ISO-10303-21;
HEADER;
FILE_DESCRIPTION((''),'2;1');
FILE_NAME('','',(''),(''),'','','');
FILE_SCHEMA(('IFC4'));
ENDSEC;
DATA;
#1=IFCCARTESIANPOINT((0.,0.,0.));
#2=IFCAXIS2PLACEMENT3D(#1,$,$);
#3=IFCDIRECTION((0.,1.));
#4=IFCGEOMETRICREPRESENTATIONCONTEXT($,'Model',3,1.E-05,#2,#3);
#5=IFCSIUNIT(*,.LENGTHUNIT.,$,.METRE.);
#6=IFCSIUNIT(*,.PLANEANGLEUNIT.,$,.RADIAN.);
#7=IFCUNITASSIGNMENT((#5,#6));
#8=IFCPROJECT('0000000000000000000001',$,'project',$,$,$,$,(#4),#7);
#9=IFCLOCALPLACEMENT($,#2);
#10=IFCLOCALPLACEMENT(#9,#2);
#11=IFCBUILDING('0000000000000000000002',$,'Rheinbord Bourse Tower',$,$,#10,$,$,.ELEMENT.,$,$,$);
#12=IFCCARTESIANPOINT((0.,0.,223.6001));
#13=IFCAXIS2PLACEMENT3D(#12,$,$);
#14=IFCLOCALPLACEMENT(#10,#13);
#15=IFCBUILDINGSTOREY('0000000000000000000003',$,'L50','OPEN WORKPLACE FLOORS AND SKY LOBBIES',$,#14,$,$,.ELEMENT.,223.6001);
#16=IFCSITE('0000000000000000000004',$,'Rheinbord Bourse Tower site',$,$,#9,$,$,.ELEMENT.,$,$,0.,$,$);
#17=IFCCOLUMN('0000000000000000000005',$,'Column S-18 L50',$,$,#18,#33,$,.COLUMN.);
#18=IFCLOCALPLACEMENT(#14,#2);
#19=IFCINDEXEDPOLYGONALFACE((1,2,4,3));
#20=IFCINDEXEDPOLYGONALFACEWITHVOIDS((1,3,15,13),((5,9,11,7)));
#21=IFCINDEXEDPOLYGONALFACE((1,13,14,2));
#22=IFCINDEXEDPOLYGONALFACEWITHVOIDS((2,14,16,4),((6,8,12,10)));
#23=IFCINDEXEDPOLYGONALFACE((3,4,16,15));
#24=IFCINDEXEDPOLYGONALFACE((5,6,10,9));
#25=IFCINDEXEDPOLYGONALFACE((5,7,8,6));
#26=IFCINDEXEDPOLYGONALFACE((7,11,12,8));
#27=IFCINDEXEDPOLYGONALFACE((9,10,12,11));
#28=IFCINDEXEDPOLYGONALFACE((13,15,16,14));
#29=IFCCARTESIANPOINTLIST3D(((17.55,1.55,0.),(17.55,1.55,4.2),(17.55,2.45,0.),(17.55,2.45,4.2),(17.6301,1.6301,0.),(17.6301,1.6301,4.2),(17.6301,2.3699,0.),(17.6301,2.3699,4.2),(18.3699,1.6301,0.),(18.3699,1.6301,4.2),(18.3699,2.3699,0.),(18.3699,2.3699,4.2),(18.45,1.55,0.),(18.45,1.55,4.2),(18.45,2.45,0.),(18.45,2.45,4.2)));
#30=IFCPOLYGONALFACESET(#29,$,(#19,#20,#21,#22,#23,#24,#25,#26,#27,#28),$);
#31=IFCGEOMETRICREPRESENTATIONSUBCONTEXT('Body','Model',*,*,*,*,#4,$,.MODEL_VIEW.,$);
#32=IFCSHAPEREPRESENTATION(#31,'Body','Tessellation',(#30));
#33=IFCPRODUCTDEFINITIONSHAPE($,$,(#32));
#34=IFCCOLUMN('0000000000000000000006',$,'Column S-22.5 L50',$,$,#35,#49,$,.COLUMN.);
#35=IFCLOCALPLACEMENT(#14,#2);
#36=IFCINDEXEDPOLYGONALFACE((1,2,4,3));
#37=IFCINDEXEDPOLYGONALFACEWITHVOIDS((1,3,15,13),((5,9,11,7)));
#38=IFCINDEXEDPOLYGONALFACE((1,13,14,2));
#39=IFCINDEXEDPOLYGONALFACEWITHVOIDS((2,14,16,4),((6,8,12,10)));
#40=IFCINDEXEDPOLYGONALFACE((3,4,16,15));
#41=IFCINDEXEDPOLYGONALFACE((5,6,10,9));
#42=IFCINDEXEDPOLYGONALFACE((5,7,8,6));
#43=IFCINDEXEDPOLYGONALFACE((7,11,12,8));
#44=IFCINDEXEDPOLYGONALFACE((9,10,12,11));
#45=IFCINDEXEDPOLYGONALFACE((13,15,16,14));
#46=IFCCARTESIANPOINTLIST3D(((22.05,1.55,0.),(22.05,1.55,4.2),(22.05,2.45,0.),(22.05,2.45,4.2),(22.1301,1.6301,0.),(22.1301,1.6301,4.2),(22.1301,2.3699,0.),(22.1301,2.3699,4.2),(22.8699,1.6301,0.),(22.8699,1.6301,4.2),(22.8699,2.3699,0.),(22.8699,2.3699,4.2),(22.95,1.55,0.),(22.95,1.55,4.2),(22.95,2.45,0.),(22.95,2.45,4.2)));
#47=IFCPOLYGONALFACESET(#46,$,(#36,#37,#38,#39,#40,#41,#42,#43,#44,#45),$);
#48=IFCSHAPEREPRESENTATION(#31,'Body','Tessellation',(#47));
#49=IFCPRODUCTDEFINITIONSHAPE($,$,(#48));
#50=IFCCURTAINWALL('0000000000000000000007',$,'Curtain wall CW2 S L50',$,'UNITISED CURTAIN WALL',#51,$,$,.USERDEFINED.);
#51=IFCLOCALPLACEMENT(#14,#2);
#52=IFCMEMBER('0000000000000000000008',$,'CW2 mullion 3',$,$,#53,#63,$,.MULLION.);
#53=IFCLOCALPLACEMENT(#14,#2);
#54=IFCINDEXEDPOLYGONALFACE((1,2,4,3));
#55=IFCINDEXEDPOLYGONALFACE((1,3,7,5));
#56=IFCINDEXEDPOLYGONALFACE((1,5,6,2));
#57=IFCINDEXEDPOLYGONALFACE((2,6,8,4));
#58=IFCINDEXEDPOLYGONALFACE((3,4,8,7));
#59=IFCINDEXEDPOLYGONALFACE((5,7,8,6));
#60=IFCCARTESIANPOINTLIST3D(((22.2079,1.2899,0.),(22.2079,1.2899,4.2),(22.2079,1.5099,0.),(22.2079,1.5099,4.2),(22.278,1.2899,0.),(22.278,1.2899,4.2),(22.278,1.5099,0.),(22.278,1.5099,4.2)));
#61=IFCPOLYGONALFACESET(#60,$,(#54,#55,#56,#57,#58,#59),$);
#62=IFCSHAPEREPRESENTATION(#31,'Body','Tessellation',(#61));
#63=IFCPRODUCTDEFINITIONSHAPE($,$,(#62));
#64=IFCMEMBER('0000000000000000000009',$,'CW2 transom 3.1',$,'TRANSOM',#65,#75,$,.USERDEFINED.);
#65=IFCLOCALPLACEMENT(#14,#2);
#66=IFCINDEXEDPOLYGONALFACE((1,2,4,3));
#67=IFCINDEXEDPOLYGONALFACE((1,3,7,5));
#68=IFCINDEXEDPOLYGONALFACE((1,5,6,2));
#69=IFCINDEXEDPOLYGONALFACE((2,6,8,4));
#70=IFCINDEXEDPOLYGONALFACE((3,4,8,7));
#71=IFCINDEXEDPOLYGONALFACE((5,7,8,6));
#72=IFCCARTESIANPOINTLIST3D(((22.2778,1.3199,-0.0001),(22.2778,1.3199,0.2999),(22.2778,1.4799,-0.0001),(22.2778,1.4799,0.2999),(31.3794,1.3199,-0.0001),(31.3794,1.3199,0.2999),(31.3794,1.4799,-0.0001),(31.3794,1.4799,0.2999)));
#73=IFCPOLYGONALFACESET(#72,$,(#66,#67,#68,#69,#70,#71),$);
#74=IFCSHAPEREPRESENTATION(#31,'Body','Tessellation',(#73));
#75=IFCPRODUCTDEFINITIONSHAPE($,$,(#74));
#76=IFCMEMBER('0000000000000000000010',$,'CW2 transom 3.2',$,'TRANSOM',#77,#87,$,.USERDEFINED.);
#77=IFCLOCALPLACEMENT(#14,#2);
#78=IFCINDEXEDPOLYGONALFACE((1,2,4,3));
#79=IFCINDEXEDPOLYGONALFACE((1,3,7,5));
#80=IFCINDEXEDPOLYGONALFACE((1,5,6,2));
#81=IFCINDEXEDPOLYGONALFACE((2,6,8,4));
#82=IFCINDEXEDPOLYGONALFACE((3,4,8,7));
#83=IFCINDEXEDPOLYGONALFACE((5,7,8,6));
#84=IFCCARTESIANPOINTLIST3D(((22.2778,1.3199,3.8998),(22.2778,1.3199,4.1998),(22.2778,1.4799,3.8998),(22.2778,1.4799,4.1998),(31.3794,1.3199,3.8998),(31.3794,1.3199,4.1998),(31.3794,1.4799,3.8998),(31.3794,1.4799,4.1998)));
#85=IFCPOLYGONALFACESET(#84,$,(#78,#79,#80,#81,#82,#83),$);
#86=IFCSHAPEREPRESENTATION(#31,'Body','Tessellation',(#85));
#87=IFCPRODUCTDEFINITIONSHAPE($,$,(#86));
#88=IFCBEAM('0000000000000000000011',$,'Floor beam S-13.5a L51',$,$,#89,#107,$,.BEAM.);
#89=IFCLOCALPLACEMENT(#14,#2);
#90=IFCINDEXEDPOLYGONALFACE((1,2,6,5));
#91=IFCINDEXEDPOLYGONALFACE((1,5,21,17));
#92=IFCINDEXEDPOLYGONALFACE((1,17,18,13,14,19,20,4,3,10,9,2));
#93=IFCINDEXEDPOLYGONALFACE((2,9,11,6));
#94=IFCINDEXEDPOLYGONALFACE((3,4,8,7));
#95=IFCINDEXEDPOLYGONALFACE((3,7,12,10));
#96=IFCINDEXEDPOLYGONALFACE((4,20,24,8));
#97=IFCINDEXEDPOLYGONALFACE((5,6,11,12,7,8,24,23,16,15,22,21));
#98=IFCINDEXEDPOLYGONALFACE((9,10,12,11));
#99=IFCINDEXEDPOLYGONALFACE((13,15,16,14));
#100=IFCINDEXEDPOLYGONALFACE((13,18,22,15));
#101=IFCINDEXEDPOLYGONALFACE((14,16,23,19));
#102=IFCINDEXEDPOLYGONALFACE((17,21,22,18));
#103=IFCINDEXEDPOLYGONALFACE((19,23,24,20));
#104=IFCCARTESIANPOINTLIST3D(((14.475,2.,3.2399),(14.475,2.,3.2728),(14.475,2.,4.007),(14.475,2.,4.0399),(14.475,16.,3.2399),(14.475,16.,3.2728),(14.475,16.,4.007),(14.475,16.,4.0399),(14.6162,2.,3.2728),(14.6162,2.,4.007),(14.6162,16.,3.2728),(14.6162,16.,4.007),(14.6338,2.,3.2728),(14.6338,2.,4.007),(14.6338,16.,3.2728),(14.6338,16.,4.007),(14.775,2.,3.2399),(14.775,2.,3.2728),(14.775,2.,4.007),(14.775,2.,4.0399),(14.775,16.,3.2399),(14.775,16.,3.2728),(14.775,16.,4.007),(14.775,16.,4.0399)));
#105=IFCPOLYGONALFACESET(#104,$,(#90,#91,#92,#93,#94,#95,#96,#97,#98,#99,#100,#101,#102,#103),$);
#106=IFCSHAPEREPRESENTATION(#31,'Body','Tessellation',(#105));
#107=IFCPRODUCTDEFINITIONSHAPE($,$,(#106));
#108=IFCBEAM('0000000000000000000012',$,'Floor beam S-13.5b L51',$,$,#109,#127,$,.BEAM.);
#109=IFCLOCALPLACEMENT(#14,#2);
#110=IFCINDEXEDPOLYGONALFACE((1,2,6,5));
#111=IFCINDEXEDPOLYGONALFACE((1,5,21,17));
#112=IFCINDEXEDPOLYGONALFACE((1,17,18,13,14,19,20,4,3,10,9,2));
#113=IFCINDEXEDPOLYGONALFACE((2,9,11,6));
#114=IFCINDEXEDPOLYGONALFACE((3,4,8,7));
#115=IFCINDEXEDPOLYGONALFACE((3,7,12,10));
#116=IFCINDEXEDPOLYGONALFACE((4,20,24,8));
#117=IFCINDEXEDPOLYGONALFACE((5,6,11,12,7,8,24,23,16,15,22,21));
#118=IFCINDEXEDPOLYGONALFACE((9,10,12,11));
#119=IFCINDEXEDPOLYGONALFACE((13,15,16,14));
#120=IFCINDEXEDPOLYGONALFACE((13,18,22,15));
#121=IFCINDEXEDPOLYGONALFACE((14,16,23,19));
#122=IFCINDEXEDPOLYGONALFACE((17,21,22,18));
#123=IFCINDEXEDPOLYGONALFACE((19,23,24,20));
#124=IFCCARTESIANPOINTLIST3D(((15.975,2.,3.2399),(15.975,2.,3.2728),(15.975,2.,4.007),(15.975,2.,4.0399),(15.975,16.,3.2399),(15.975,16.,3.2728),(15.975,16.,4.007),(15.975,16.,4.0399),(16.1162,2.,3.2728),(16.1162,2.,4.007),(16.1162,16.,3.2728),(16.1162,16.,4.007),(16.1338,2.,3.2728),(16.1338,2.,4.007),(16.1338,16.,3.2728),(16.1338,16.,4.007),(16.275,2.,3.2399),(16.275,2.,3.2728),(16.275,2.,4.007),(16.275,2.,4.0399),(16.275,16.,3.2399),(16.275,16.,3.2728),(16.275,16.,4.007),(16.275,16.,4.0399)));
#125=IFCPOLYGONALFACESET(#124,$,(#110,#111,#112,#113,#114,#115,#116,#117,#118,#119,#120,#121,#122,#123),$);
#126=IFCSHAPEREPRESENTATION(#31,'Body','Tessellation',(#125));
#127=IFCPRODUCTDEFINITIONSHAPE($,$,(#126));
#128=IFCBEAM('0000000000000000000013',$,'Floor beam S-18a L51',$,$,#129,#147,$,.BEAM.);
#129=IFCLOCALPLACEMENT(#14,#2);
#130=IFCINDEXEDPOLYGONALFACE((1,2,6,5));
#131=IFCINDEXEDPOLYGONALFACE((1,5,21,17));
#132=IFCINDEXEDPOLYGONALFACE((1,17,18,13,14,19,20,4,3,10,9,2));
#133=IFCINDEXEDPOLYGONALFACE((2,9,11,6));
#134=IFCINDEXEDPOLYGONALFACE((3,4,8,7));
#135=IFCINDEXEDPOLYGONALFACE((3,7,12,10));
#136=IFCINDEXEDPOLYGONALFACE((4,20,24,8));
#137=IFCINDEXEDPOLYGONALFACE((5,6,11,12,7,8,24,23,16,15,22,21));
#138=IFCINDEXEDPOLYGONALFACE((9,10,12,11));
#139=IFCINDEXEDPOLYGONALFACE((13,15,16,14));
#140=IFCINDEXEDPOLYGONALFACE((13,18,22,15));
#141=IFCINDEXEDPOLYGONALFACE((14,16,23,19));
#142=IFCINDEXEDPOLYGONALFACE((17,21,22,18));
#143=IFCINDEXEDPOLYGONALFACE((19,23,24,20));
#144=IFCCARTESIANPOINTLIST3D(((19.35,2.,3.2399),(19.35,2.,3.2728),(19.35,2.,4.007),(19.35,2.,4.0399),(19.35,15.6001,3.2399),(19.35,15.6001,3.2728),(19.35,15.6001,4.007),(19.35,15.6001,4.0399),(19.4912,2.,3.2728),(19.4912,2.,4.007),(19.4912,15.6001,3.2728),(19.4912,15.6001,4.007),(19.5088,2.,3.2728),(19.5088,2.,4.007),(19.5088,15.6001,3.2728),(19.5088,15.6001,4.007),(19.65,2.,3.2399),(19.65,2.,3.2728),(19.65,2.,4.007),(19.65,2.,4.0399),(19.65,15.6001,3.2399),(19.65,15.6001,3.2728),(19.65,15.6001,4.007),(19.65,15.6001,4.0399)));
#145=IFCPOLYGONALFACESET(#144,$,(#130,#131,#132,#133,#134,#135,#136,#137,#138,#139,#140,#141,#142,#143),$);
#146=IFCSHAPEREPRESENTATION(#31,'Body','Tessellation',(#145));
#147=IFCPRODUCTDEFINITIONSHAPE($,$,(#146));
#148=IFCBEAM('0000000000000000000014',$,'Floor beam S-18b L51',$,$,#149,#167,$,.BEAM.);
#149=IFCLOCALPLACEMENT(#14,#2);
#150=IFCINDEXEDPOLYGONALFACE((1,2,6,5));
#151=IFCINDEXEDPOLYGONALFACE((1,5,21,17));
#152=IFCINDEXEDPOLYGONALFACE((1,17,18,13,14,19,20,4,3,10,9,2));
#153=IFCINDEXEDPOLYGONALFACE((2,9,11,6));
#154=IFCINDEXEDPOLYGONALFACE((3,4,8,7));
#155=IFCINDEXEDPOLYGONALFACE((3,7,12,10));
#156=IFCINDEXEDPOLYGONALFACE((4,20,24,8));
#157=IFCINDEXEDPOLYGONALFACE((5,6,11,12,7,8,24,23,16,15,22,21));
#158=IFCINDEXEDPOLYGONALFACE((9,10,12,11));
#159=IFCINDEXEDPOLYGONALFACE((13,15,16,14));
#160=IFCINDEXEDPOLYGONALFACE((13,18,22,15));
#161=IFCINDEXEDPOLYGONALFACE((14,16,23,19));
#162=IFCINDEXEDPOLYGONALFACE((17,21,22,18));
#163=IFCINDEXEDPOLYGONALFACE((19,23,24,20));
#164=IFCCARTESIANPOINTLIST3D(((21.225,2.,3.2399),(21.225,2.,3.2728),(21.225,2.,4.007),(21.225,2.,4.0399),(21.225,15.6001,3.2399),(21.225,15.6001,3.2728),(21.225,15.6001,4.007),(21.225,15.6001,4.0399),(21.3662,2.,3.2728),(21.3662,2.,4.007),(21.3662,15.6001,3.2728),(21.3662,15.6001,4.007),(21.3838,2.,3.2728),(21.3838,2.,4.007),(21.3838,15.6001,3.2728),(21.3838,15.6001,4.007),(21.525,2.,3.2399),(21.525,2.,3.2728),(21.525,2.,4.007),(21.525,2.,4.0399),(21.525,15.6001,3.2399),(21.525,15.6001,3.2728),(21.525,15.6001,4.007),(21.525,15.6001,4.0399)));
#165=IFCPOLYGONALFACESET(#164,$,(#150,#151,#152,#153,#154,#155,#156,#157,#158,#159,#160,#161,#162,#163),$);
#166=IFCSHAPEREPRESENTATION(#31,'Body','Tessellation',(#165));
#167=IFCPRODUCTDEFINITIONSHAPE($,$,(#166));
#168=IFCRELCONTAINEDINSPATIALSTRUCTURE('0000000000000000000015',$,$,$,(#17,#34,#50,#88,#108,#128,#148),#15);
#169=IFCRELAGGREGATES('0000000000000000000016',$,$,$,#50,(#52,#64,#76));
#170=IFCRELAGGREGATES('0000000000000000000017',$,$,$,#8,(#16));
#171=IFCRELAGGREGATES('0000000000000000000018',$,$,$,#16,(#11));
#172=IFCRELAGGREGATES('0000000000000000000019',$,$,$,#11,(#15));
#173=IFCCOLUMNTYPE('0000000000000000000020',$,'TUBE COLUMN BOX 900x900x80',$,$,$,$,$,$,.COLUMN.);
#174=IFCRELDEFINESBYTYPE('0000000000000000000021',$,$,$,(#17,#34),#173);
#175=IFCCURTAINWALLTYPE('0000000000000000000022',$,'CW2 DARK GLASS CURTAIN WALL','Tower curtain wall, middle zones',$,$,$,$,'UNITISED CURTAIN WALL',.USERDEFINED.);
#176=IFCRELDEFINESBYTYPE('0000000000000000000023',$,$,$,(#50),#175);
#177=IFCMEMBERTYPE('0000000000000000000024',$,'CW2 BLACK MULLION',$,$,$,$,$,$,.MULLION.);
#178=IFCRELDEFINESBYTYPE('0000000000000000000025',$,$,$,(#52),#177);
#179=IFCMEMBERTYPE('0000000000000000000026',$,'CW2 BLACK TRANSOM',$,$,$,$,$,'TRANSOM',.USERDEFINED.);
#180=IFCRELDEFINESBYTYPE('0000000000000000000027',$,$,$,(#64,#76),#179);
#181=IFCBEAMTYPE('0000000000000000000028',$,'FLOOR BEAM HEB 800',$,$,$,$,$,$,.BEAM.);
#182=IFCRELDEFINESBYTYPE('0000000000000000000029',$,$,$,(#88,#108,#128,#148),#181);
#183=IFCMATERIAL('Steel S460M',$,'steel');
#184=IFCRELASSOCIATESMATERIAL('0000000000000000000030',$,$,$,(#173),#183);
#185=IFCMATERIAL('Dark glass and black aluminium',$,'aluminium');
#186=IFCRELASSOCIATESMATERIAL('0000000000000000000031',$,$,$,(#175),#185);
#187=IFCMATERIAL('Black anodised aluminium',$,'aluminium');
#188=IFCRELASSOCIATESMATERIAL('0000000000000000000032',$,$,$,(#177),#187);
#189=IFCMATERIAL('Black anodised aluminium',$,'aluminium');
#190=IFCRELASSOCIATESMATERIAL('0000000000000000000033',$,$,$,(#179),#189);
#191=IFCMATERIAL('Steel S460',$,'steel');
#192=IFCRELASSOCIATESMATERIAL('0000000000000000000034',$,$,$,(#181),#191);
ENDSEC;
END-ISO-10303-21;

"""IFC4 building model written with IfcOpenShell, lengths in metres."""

from ifc_helpers import new_model, si_unit, direction, frame, origin, origin_2d, place, context, subcontext, project, spatial, rectangle, hollow_rectangle, i_section, extrude, material, material_profile, profile_set, type_object, element, aggregate, save


model = new_model("IFC4")

# Units and contexts
model_context = context("Model", 3, precision=1e-05, world=origin(), true_north=direction((0.0, 1.0)))
body_context = subcontext(model_context, "Body", "Model", "MODEL_VIEW")
ifc_project = project(units=[si_unit("LENGTHUNIT", "METRE"), si_unit("PLANEANGLEUNIT", "RADIAN")], contexts=[model_context])

# Site, building, storey
site_placement = place(None, origin())
site = spatial("IfcSite", under=ifc_project, at=site_placement, Name="Rheinbord Bourse Tower site", CompositionType="ELEMENT", RefElevation=0.0)
building_placement = place(site_placement, origin())
building = spatial("IfcBuilding", under=site, at=building_placement, Name="Rheinbord Bourse Tower", CompositionType="ELEMENT")
storey_placement = place(building_placement, frame((0.0, 0.0, 223.6001)))
storey = spatial("IfcBuildingStorey", under=building, at=storey_placement, Name="L50", Description="OPEN WORKPLACE FLOORS AND SKY LOBBIES", CompositionType="ELEMENT", Elevation=223.6001)

# Columns
ifc_material_1 = material(Name="Steel S460M", Category="steel")
ifc_material_profile_1 = material_profile(ifc_material_1, hollow_rectangle(XDim=0.8999, YDim=0.8999, WallThickness=0.0801, at=origin_2d()), Name="BOX 900x900x80")
ifc_profile_set_1 = profile_set([ifc_material_profile_1], Name="Steel S460M")
column_type = type_object("IfcColumnType", Name="TUBE COLUMN BOX 900x900x80", PredefinedType="COLUMN", material=ifc_profile_set_1)
for number, where, z_axis, x_axis, name in (
    (1, (18.0, 2.0, 0.0), (0.0, 0.0, 1.0), (0.0, 1.0, 0.0), "Column S-18 L50"),
    (2, (22.5, 2.0, 0.0), (0.0, 0.0, 1.0), (0.0, 1.0, 0.0), "Column S-22.5 L50"),
):
    element("IfcColumn", number, at=place(storey_placement, frame(where, z_axis=z_axis, x_axis=x_axis)), inside=storey, type_object=column_type, Name=name, PredefinedType="COLUMN", context=body_context, shape_type="SweptSolid", body=[
        extrude(hollow_rectangle(XDim=0.8999, YDim=0.8999, WallThickness=0.0801, at=origin_2d()), origin(), (0.0, 0.0, 1.0), 4.2),
    ])

# Curtain wall, members
ifc_material_2 = material(Name="Dark glass and black aluminium", Category="aluminium")
curtain_wall_type = type_object("IfcCurtainWallType", Name="CW2 DARK GLASS CURTAIN WALL", Description="Tower curtain wall, middle zones", ElementType="UNITISED CURTAIN WALL", PredefinedType="USERDEFINED", material=ifc_material_2)
curtain_wall_placement = place(storey_placement, origin())
curtain_wall = element("IfcCurtainWall", 3, at=curtain_wall_placement, inside=storey, type_object=curtain_wall_type, Name="Curtain wall CW2 S L50", ObjectType="UNITISED CURTAIN WALL", PredefinedType="USERDEFINED")
ifc_material_3 = material(Name="Black anodised aluminium", Category="aluminium")
ifc_material_profile_2 = material_profile(ifc_material_3, rectangle(XDim=0.22, YDim=0.0701, at=origin_2d()), Name="CW2 MULLION 70x220")
ifc_profile_set_2 = profile_set([ifc_material_profile_2], Name="Black anodised aluminium")
member_type_1 = type_object("IfcMemberType", Name="CW2 BLACK MULLION", PredefinedType="MULLION", material=ifc_profile_set_2)
member_1_placement = place(storey_placement, frame((22.2429, 1.3999, 0.0), z_axis=(0.0, 0.0, 1.0), x_axis=(0.0, 1.0, 0.0)))
member_1 = element("IfcMember", 4, at=member_1_placement, type_object=member_type_1, Name="CW2 mullion 3", PredefinedType="MULLION", context=body_context, shape_type="SweptSolid", body=[
    extrude(rectangle(XDim=0.22, YDim=0.0701, at=origin_2d()), origin(), (0.0, 0.0, 1.0), 4.2),
])
ifc_material_4 = material(Name="Black anodised aluminium", Category="aluminium")
ifc_material_profile_3 = material_profile(ifc_material_4, rectangle(XDim=0.1599, YDim=0.3, at=origin_2d()), Name="CW2 TRANSOM 300x160")
ifc_profile_set_3 = profile_set([ifc_material_profile_3], Name="Black anodised aluminium")
member_type_2 = type_object("IfcMemberType", Name="CW2 BLACK TRANSOM", ElementType="TRANSOM", PredefinedType="USERDEFINED", material=ifc_profile_set_3)
member_2_placement = place(storey_placement, frame((22.2778, 1.3999, 0.1499), z_axis=(1.0, 0.0, 0.0), x_axis=(0.0, 1.0, 0.0)))
member_2 = element("IfcMember", 5, at=member_2_placement, type_object=member_type_2, Name="CW2 transom 3.1", ObjectType="TRANSOM", PredefinedType="USERDEFINED", context=body_context, shape_type="SweptSolid", body=[
    extrude(rectangle(XDim=0.1599, YDim=0.3, at=origin_2d()), origin(), (0.0, 0.0, 1.0), 9.1016),
])
member_3_placement = place(storey_placement, frame((22.2778, 1.3999, 4.0498), z_axis=(1.0, 0.0, 0.0), x_axis=(0.0, 1.0, 0.0)))
member_3 = element("IfcMember", 6, at=member_3_placement, type_object=member_type_2, Name="CW2 transom 3.2", ObjectType="TRANSOM", PredefinedType="USERDEFINED", context=body_context, shape_type="SweptSolid", body=[
    extrude(rectangle(XDim=0.1599, YDim=0.3, at=origin_2d()), origin(), (0.0, 0.0, 1.0), 9.1016),
])

# Beams
ifc_material_5 = material(Name="Steel S460", Category="steel")
ifc_material_profile_4 = material_profile(ifc_material_5, i_section(OverallWidth=0.3, OverallDepth=0.8, WebThickness=0.0176, FlangeThickness=0.033, at=origin_2d()), Name="HEB 800")
ifc_profile_set_4 = profile_set([ifc_material_profile_4], Name="Steel S460")
beam_type_1 = type_object("IfcBeamType", Name="FLOOR BEAM HEB 800", PredefinedType="BEAM", material=ifc_profile_set_4)
for number, where, z_axis, x_axis, name in (
    (7, (14.625, 2.0, 3.6399), (0.0, 1.0, 0.0), (-1.0, 0.0, 0.0), "Floor beam S-13.5a L51"),
    (8, (16.125, 2.0, 3.6399), (0.0, 1.0, 0.0), (-1.0, 0.0, 0.0), "Floor beam S-13.5b L51"),
):
    element("IfcBeam", number, at=place(storey_placement, frame(where, z_axis=z_axis, x_axis=x_axis)), inside=storey, type_object=beam_type_1, Name=name, PredefinedType="BEAM", context=body_context, shape_type="SweptSolid", body=[
        extrude(i_section(OverallWidth=0.3, OverallDepth=0.8, WebThickness=0.0176, FlangeThickness=0.033, at=origin_2d()), origin(), (0.0, 0.0, 1.0), 14.0),
    ])
for number, where, z_axis, x_axis, name in (
    (9, (19.5, 2.0, 3.6399), (0.0, 1.0, 0.0), (-1.0, 0.0, 0.0), "Floor beam S-18a L51"),
    (10, (21.375, 2.0, 3.6399), (0.0, 1.0, 0.0), (-1.0, 0.0, 0.0), "Floor beam S-18b L51"),
):
    element("IfcBeam", number, at=place(storey_placement, frame(where, z_axis=z_axis, x_axis=x_axis)), inside=storey, type_object=beam_type_1, Name=name, PredefinedType="BEAM", context=body_context, shape_type="SweptSolid", body=[
        extrude(i_section(OverallWidth=0.3, OverallDepth=0.8, WebThickness=0.0176, FlangeThickness=0.033, at=origin_2d()), origin(), (0.0, 0.0, 1.0), 13.6001),
    ])

aggregate(curtain_wall, [member_1, member_2, member_3])

save(model, "model.ifc")
